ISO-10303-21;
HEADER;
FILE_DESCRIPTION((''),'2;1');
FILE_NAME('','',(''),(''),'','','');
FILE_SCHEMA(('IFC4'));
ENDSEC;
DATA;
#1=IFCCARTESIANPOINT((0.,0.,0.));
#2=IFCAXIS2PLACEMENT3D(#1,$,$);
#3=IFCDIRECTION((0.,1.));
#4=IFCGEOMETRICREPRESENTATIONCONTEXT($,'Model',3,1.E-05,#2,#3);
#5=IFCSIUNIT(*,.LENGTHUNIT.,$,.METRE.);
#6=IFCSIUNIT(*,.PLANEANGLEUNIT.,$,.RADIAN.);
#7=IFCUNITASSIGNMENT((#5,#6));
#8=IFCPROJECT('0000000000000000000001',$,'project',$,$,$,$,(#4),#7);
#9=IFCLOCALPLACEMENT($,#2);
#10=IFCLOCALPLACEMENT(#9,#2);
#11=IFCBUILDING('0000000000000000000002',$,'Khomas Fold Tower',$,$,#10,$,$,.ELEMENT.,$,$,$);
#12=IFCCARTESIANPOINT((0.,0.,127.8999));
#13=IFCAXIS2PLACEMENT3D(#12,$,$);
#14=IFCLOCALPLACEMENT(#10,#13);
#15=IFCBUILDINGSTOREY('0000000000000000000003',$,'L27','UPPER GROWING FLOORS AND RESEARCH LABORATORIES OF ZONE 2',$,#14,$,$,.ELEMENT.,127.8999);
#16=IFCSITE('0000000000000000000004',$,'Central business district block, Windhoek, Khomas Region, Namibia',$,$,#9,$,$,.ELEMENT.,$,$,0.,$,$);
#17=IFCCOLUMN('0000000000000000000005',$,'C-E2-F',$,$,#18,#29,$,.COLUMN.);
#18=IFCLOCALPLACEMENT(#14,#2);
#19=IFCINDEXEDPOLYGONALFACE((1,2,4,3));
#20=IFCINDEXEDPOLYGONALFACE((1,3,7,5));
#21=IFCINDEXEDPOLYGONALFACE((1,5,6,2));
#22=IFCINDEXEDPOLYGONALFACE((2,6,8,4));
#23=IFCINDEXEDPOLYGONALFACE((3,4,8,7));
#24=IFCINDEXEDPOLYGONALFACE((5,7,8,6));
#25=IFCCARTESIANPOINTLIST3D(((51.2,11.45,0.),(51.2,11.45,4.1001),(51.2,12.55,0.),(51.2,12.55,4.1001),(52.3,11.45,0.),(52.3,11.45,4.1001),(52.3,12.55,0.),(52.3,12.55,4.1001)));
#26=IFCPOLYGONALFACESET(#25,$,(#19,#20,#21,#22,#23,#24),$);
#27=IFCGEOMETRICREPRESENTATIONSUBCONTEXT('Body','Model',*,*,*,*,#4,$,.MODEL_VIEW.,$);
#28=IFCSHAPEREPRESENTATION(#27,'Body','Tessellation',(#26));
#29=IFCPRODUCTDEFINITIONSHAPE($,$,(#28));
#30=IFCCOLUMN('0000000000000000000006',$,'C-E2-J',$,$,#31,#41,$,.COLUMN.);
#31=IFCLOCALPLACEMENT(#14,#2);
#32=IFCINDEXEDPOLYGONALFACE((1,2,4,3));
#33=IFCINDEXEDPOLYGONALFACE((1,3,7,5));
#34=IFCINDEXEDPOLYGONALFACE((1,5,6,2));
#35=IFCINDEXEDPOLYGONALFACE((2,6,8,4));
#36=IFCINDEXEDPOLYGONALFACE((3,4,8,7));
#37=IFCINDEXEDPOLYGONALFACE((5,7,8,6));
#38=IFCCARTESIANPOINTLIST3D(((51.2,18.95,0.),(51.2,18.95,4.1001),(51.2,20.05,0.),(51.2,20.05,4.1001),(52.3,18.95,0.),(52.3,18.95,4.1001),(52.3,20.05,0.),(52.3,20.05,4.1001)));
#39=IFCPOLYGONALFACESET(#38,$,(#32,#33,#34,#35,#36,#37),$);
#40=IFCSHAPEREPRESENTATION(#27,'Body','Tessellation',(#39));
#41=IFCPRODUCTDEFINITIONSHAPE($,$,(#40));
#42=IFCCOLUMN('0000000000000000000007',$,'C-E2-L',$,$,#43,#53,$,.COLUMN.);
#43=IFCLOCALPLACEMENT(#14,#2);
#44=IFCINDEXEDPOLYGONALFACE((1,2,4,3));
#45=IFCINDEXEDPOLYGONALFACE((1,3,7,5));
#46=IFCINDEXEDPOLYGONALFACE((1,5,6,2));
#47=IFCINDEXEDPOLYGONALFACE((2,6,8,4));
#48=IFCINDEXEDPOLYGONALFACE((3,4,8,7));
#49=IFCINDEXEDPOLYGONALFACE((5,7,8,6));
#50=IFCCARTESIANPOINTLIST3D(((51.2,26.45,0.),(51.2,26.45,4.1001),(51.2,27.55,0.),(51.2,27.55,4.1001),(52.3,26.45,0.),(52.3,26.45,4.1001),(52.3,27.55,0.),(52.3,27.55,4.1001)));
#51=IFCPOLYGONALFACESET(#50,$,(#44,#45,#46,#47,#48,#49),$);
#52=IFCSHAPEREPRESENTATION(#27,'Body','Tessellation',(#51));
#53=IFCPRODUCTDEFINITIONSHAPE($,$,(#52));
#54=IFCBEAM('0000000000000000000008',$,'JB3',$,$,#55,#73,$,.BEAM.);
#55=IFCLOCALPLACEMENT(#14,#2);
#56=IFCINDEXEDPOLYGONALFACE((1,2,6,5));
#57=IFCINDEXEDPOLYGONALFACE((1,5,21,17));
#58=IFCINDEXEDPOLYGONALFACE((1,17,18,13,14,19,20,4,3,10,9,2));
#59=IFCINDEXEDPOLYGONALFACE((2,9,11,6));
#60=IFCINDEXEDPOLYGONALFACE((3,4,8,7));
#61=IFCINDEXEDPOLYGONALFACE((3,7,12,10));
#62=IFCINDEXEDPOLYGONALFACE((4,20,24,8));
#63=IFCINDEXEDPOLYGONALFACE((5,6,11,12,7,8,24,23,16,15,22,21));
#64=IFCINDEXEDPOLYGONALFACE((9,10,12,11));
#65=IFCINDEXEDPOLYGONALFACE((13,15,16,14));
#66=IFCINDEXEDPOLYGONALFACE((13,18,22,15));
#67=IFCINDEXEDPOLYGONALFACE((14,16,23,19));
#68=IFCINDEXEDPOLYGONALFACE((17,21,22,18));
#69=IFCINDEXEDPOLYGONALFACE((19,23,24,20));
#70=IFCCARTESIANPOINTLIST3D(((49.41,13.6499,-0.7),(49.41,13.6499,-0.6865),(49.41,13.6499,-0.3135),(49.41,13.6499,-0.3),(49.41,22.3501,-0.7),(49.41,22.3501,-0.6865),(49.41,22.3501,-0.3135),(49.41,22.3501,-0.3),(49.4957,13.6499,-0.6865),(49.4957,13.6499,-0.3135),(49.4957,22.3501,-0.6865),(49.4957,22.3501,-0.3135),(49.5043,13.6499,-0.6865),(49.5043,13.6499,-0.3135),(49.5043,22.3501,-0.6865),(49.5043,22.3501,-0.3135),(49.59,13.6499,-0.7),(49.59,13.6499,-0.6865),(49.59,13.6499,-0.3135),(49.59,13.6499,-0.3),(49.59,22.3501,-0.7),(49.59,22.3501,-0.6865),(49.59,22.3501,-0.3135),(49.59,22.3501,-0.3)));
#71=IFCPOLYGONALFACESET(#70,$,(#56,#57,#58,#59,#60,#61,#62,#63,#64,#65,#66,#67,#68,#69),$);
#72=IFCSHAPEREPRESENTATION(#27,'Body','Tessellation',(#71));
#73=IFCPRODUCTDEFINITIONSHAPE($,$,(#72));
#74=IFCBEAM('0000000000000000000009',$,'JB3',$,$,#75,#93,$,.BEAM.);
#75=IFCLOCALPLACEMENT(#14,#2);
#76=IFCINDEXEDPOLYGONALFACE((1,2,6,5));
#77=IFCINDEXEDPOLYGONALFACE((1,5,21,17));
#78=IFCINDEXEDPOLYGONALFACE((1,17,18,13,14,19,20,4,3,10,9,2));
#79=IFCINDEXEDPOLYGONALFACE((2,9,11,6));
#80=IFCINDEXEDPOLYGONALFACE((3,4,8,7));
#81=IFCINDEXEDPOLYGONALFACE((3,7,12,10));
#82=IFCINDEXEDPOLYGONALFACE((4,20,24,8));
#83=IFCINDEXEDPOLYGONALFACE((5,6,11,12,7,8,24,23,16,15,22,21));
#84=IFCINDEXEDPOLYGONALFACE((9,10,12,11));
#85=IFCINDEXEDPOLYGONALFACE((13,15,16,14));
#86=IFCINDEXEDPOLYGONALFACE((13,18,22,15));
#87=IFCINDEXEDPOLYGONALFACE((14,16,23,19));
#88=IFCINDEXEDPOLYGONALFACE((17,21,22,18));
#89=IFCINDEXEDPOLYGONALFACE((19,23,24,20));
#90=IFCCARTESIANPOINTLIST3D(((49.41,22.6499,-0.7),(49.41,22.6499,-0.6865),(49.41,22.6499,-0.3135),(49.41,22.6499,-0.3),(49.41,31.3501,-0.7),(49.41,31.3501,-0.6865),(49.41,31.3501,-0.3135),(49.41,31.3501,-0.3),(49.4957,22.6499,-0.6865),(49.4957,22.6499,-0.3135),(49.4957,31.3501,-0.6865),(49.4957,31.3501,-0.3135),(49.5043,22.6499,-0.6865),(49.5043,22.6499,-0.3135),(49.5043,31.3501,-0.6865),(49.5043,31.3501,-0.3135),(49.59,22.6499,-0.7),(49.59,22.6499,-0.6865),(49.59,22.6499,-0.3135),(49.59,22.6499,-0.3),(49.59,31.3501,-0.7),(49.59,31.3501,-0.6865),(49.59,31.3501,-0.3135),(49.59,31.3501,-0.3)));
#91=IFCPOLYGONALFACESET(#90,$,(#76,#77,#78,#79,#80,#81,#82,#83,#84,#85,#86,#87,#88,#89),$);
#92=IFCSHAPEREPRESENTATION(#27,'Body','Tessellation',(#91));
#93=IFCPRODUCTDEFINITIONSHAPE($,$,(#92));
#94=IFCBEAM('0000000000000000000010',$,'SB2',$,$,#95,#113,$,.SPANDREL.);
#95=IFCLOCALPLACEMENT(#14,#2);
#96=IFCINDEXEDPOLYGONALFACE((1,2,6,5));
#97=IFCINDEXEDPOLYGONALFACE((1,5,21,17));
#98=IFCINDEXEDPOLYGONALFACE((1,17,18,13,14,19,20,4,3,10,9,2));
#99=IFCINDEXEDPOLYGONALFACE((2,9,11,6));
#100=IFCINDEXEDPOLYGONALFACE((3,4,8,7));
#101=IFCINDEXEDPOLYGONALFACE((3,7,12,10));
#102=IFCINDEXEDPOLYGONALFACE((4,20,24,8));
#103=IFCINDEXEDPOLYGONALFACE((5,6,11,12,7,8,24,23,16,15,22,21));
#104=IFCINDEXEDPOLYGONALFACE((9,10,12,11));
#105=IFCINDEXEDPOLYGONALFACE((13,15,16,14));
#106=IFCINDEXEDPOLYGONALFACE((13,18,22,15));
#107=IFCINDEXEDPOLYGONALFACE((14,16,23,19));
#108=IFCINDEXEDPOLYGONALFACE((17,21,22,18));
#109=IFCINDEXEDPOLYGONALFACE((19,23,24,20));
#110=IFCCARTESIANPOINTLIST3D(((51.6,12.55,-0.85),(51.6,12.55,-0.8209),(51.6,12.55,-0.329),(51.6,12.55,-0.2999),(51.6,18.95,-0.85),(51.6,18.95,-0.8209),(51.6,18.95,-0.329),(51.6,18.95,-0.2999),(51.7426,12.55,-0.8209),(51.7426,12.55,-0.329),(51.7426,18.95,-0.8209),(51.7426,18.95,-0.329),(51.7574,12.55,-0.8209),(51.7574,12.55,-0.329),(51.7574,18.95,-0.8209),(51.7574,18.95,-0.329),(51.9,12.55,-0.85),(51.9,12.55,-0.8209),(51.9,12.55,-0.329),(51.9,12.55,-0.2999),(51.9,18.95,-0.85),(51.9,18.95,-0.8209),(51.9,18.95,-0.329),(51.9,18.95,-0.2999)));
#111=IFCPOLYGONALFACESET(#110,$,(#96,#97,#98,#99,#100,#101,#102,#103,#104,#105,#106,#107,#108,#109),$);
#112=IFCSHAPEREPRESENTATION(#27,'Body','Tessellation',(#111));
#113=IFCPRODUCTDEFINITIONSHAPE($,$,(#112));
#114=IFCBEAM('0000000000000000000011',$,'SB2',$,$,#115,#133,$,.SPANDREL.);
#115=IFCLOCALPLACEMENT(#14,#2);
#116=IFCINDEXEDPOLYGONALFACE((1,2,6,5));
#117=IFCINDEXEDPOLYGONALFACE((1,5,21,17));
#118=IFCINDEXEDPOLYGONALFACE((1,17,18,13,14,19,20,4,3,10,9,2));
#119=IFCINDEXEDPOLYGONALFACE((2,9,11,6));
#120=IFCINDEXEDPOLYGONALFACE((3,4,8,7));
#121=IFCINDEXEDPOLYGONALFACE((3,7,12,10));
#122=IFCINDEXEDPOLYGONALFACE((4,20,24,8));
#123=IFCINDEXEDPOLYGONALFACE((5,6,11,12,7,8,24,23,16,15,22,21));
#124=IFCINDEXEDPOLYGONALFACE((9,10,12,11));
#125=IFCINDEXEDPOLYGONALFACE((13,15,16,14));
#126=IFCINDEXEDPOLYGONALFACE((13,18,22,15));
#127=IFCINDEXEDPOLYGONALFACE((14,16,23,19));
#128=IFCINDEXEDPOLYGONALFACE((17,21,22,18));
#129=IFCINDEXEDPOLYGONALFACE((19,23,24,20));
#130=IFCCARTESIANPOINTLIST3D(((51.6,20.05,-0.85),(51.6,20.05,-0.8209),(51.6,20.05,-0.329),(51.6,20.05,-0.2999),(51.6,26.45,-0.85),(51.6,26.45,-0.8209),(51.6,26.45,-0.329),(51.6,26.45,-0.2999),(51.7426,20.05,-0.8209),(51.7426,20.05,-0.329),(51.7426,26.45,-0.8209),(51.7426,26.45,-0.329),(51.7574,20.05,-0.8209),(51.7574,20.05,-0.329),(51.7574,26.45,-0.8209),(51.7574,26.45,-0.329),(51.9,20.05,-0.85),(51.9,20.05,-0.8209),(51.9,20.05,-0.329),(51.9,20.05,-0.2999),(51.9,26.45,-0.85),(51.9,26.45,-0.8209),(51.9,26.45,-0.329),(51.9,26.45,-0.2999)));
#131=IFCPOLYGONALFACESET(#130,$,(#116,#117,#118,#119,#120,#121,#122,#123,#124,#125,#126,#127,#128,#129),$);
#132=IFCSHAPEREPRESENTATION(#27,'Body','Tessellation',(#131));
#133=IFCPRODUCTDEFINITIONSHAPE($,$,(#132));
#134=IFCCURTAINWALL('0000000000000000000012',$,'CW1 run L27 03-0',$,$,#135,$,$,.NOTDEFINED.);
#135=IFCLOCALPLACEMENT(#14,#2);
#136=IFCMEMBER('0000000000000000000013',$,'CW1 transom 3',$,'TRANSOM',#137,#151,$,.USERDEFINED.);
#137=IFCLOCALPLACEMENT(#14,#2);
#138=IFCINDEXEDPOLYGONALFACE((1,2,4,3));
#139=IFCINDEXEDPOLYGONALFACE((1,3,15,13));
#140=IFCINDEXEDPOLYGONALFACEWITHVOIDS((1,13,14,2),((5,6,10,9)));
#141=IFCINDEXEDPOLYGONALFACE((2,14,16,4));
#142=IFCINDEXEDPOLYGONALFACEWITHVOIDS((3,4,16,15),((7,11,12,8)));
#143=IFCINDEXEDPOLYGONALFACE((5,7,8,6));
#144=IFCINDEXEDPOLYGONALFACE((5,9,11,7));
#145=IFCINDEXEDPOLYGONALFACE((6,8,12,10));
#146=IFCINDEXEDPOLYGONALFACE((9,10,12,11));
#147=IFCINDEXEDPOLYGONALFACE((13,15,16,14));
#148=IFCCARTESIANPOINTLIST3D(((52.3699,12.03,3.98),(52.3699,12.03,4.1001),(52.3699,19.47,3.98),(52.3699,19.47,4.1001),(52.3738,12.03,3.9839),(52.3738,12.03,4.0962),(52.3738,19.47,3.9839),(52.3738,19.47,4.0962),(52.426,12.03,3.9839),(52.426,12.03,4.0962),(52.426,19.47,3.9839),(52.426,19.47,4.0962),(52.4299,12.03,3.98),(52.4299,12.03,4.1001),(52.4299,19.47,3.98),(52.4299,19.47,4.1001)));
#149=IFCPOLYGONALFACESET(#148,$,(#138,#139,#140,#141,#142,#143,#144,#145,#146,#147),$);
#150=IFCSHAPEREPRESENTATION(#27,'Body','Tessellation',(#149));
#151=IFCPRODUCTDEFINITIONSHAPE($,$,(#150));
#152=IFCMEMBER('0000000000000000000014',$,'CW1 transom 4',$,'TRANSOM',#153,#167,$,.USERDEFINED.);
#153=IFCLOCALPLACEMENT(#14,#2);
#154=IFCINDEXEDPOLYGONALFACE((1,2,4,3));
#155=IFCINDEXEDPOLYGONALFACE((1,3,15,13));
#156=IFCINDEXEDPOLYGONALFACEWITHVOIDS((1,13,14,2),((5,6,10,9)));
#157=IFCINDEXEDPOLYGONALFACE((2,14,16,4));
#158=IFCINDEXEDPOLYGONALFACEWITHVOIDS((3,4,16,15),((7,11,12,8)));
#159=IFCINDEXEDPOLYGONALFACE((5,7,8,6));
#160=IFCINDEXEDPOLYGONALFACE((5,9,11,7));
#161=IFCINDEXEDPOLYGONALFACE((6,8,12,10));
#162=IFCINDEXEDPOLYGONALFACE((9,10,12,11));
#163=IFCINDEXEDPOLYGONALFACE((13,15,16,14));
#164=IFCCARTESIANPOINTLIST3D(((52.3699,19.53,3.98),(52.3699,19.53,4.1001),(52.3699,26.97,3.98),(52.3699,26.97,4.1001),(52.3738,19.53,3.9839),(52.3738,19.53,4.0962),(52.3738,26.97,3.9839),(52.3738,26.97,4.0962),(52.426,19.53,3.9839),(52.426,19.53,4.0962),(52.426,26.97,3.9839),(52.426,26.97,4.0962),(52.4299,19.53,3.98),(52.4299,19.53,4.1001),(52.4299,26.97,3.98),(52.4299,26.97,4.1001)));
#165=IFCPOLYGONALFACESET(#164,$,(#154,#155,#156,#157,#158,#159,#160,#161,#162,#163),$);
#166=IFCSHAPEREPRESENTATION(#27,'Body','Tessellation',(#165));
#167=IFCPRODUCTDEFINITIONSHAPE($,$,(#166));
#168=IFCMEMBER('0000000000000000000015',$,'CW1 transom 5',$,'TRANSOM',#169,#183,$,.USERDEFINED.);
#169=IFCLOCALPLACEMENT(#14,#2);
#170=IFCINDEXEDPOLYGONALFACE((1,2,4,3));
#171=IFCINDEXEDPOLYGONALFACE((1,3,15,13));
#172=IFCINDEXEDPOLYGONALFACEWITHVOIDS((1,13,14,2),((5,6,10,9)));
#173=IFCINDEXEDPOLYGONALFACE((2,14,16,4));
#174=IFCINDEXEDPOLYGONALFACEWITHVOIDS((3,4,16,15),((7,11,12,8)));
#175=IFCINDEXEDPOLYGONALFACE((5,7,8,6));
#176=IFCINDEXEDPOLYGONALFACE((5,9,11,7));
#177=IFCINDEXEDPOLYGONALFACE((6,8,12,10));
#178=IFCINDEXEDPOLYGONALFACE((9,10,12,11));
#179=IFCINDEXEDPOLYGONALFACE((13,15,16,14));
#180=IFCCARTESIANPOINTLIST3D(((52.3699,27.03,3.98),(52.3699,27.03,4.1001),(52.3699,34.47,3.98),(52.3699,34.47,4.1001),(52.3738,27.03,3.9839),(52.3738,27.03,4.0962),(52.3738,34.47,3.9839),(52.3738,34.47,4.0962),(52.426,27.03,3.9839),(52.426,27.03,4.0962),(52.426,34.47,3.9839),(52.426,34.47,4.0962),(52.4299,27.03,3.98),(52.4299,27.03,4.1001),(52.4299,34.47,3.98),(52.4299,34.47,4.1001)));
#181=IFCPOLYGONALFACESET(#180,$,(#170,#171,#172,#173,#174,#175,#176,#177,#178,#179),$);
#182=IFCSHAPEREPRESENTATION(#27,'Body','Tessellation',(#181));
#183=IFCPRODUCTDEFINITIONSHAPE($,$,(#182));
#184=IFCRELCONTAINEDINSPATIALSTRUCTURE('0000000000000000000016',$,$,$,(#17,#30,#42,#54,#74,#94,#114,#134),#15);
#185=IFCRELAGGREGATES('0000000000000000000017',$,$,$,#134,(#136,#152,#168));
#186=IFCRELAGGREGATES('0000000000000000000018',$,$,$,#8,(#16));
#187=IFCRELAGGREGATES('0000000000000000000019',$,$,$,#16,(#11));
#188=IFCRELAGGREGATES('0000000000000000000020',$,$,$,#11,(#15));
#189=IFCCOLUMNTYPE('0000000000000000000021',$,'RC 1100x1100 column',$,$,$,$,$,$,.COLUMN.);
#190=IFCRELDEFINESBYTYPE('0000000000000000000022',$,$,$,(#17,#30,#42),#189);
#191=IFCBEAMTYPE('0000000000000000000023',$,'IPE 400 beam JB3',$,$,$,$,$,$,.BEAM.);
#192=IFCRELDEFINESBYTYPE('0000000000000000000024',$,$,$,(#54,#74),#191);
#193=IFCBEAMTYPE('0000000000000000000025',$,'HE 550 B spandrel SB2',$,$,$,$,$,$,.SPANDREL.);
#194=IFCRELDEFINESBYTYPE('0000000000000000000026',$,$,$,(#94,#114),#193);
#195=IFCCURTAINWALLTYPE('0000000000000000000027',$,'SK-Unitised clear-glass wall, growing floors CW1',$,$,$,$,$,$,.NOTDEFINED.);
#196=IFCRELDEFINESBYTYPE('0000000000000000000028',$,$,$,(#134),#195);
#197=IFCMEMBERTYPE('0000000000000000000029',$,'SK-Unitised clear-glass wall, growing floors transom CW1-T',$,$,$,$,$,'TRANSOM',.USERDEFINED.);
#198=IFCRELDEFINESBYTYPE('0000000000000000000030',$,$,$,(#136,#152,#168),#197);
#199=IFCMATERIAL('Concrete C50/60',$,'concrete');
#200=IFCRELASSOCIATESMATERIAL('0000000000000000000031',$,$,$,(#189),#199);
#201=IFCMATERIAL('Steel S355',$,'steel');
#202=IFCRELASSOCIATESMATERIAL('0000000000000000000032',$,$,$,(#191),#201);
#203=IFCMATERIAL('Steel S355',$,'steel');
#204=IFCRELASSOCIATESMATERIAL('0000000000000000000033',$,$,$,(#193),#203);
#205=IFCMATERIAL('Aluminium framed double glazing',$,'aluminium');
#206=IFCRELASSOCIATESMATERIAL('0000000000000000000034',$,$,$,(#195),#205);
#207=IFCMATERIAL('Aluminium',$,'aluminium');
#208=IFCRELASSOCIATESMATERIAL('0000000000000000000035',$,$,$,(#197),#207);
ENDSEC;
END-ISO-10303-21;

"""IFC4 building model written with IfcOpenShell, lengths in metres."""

from ifc_helpers import new_model, si_unit, direction, frame, origin, origin_2d, place, context, subcontext, project, spatial, rectangle, hollow_rectangle, i_section, extrude, source, transform, mapped, material, material_profile, profile_set, type_object, element, aggregate, save


model = new_model("IFC4")

# Units and contexts
model_context = context("Model", 3, precision=1e-05, world=origin(), true_north=direction((0.0, 1.0)))
body_context = subcontext(model_context, "Body", "Model", "MODEL_VIEW")
ifc_project = project(units=[si_unit("LENGTHUNIT", "METRE"), si_unit("PLANEANGLEUNIT", "RADIAN")], contexts=[model_context])

# Site, building, storey
site_placement = place(None, origin())
site = spatial("IfcSite", under=ifc_project, at=site_placement, Name="Central business district block, Windhoek, Khomas Region, Namibia", CompositionType="ELEMENT", RefElevation=0.0)
building_placement = place(site_placement, origin())
building = spatial("IfcBuilding", under=site, at=building_placement, Name="Khomas Fold Tower", CompositionType="ELEMENT")
storey_placement = place(building_placement, frame((0.0, 0.0, 127.8999)))
storey = spatial("IfcBuildingStorey", under=building, at=storey_placement, Name="L27", Description="UPPER GROWING FLOORS AND RESEARCH LABORATORIES OF ZONE 2", CompositionType="ELEMENT", Elevation=127.8999)

# Columns
ifc_material_1 = material(Name="Concrete C50/60", Category="concrete")
ifc_material_profile_1 = material_profile(ifc_material_1, rectangle(XDim=1.1001, YDim=1.1001, at=origin_2d()), Name="RC 1100x1100")
ifc_profile_set_1 = profile_set([ifc_material_profile_1], Name="Concrete C50/60")
column_type = type_object("IfcColumnType", Name="RC 1100x1100 column", PredefinedType="COLUMN", material=ifc_profile_set_1)
shared_shape_1 = source(origin(), body_context, "Body", "SweptSolid", [
    extrude(rectangle(XDim=1.1001, YDim=1.1001, at=origin_2d()), origin(), (0.0, 0.0, 1.0), 4.1001),
])
for number, where, z_axis, x_axis, name in (
    (1, (51.75, 12.0, 0.0), (0.0, 0.0, 1.0), (1.0, 0.0, 0.0), "C-E2-F"),
    (2, (51.75, 19.5, 0.0), (0.0, 0.0, 1.0), (1.0, 0.0, 0.0), "C-E2-J"),
    (3, (51.75, 27.0, 0.0), (0.0, 0.0, 1.0), (1.0, 0.0, 0.0), "C-E2-L"),
):
    element("IfcColumn", number, at=place(storey_placement, frame(where, z_axis=z_axis, x_axis=x_axis)), inside=storey, type_object=column_type, Name=name, PredefinedType="COLUMN", context=body_context, shape_type="MappedRepresentation", body=[
        mapped(shared_shape_1, transform((0.0, 0.0, 0.0))),
    ])

# Beams
ifc_material_2 = material(Name="Steel S355", Category="steel")
ifc_material_profile_2 = material_profile(ifc_material_2, i_section(OverallWidth=0.1799, OverallDepth=0.3999, WebThickness=0.0085, FlangeThickness=0.0134, at=origin_2d()), Name="IPE 400")
ifc_profile_set_2 = profile_set([ifc_material_profile_2], Name="Steel S355")
beam_type_1 = type_object("IfcBeamType", Name="IPE 400 beam JB3", PredefinedType="BEAM", material=ifc_profile_set_2)
shared_shape_2 = source(origin(), body_context, "Body", "SweptSolid", [
    extrude(i_section(OverallWidth=0.1799, OverallDepth=0.3999, WebThickness=0.0085, FlangeThickness=0.0134, at=origin_2d()), origin(), (0.0, 0.0, 1.0), 8.7002),
])
for number, where, z_axis, x_axis, name in (
    (4, (49.5, 13.6499, -0.5), (0.0, 1.0, 0.0), (-1.0, 0.0, 0.0), "JB3"),
    (5, (49.5, 22.6499, -0.5), (0.0, 1.0, 0.0), (-1.0, 0.0, 0.0), "JB3"),
):
    element("IfcBeam", number, at=place(storey_placement, frame(where, z_axis=z_axis, x_axis=x_axis)), inside=storey, type_object=beam_type_1, Name=name, PredefinedType="BEAM", context=body_context, shape_type="MappedRepresentation", body=[
        mapped(shared_shape_2, transform((0.0, 0.0, 0.0))),
    ])
ifc_material_3 = material(Name="Steel S355", Category="steel")
ifc_material_profile_3 = material_profile(ifc_material_3, i_section(OverallWidth=0.3, OverallDepth=0.55, WebThickness=0.0149, FlangeThickness=0.0291, at=origin_2d()), Name="HE 550 B")
ifc_profile_set_3 = profile_set([ifc_material_profile_3], Name="Steel S355")
beam_type_2 = type_object("IfcBeamType", Name="HE 550 B spandrel SB2", PredefinedType="SPANDREL", material=ifc_profile_set_3)
shared_shape_3 = source(origin(), body_context, "Body", "SweptSolid", [
    extrude(i_section(OverallWidth=0.3, OverallDepth=0.55, WebThickness=0.0149, FlangeThickness=0.0291, at=origin_2d()), origin(), (0.0, 0.0, 1.0), 6.3999),
])
for number, where, z_axis, x_axis, name in (
    (6, (51.75, 12.55, -0.575), (0.0, 1.0, 0.0), (-1.0, 0.0, 0.0), "SB2"),
    (7, (51.75, 20.05, -0.575), (0.0, 1.0, 0.0), (-1.0, 0.0, 0.0), "SB2"),
):
    element("IfcBeam", number, at=place(storey_placement, frame(where, z_axis=z_axis, x_axis=x_axis)), inside=storey, type_object=beam_type_2, Name=name, PredefinedType="SPANDREL", context=body_context, shape_type="MappedRepresentation", body=[
        mapped(shared_shape_3, transform((0.0, 0.0, 0.0))),
    ])

# Curtain wall, members
ifc_material_4 = material(Name="Aluminium framed double glazing", Category="aluminium")
curtain_wall_type = type_object("IfcCurtainWallType", Name="SK-Unitised clear-glass wall, growing floors CW1", PredefinedType="NOTDEFINED", material=ifc_material_4)
curtain_wall_placement = place(storey_placement, origin())
curtain_wall = element("IfcCurtainWall", 8, at=curtain_wall_placement, inside=storey, type_object=curtain_wall_type, Name="CW1 run L27 03-0", PredefinedType="NOTDEFINED")
ifc_material_5 = material(Name="Aluminium", Category="aluminium")
ifc_material_profile_4 = material_profile(ifc_material_5, hollow_rectangle(XDim=0.0601, YDim=0.1201, WallThickness=0.0039, at=origin_2d()), Name="SK-Unitised clear-glass wall, growing floors transom CW1-T")
ifc_profile_set_4 = profile_set([ifc_material_profile_4], Name="Aluminium")
member_type_1 = type_object("IfcMemberType", Name="SK-Unitised clear-glass wall, growing floors transom CW1-T", ElementType="TRANSOM", PredefinedType="USERDEFINED", material=ifc_profile_set_4)
shared_shape_4 = source(origin(), body_context, "Body", "SweptSolid", [
    extrude(hollow_rectangle(XDim=0.0601, YDim=0.1201, WallThickness=0.0039, at=origin_2d()), origin(), (0.0, 0.0, 1.0), 7.4399),
])
member_1_placement = place(storey_placement, frame((52.3999, 12.03, 4.04), z_axis=(0.0, 1.0, 0.0), x_axis=(-1.0, 0.0, 0.0)))
member_1 = element("IfcMember", 9, at=member_1_placement, type_object=member_type_1, Name="CW1 transom 3", ObjectType="TRANSOM", PredefinedType="USERDEFINED", context=body_context, shape_type="MappedRepresentation", body=[
    mapped(shared_shape_4, transform((0.0, 0.0, 0.0))),
])
member_2_placement = place(storey_placement, frame((52.3999, 19.53, 4.04), z_axis=(0.0, 1.0, 0.0), x_axis=(-1.0, 0.0, 0.0)))
member_2 = element("IfcMember", 10, at=member_2_placement, type_object=member_type_1, Name="CW1 transom 4", ObjectType="TRANSOM", PredefinedType="USERDEFINED", context=body_context, shape_type="MappedRepresentation", body=[
    mapped(shared_shape_4, transform((0.0, 0.0, 0.0))),
])
member_3_placement = place(storey_placement, frame((52.3999, 27.03, 4.04), z_axis=(0.0, 1.0, 0.0), x_axis=(-1.0, 0.0, 0.0)))
member_3 = element("IfcMember", 11, at=member_3_placement, type_object=member_type_1, Name="CW1 transom 5", ObjectType="TRANSOM", PredefinedType="USERDEFINED", context=body_context, shape_type="MappedRepresentation", body=[
    mapped(shared_shape_4, transform((0.0, 0.0, 0.0))),
])

aggregate(curtain_wall, [member_1, member_2, member_3])

save(model, "model.ifc")
